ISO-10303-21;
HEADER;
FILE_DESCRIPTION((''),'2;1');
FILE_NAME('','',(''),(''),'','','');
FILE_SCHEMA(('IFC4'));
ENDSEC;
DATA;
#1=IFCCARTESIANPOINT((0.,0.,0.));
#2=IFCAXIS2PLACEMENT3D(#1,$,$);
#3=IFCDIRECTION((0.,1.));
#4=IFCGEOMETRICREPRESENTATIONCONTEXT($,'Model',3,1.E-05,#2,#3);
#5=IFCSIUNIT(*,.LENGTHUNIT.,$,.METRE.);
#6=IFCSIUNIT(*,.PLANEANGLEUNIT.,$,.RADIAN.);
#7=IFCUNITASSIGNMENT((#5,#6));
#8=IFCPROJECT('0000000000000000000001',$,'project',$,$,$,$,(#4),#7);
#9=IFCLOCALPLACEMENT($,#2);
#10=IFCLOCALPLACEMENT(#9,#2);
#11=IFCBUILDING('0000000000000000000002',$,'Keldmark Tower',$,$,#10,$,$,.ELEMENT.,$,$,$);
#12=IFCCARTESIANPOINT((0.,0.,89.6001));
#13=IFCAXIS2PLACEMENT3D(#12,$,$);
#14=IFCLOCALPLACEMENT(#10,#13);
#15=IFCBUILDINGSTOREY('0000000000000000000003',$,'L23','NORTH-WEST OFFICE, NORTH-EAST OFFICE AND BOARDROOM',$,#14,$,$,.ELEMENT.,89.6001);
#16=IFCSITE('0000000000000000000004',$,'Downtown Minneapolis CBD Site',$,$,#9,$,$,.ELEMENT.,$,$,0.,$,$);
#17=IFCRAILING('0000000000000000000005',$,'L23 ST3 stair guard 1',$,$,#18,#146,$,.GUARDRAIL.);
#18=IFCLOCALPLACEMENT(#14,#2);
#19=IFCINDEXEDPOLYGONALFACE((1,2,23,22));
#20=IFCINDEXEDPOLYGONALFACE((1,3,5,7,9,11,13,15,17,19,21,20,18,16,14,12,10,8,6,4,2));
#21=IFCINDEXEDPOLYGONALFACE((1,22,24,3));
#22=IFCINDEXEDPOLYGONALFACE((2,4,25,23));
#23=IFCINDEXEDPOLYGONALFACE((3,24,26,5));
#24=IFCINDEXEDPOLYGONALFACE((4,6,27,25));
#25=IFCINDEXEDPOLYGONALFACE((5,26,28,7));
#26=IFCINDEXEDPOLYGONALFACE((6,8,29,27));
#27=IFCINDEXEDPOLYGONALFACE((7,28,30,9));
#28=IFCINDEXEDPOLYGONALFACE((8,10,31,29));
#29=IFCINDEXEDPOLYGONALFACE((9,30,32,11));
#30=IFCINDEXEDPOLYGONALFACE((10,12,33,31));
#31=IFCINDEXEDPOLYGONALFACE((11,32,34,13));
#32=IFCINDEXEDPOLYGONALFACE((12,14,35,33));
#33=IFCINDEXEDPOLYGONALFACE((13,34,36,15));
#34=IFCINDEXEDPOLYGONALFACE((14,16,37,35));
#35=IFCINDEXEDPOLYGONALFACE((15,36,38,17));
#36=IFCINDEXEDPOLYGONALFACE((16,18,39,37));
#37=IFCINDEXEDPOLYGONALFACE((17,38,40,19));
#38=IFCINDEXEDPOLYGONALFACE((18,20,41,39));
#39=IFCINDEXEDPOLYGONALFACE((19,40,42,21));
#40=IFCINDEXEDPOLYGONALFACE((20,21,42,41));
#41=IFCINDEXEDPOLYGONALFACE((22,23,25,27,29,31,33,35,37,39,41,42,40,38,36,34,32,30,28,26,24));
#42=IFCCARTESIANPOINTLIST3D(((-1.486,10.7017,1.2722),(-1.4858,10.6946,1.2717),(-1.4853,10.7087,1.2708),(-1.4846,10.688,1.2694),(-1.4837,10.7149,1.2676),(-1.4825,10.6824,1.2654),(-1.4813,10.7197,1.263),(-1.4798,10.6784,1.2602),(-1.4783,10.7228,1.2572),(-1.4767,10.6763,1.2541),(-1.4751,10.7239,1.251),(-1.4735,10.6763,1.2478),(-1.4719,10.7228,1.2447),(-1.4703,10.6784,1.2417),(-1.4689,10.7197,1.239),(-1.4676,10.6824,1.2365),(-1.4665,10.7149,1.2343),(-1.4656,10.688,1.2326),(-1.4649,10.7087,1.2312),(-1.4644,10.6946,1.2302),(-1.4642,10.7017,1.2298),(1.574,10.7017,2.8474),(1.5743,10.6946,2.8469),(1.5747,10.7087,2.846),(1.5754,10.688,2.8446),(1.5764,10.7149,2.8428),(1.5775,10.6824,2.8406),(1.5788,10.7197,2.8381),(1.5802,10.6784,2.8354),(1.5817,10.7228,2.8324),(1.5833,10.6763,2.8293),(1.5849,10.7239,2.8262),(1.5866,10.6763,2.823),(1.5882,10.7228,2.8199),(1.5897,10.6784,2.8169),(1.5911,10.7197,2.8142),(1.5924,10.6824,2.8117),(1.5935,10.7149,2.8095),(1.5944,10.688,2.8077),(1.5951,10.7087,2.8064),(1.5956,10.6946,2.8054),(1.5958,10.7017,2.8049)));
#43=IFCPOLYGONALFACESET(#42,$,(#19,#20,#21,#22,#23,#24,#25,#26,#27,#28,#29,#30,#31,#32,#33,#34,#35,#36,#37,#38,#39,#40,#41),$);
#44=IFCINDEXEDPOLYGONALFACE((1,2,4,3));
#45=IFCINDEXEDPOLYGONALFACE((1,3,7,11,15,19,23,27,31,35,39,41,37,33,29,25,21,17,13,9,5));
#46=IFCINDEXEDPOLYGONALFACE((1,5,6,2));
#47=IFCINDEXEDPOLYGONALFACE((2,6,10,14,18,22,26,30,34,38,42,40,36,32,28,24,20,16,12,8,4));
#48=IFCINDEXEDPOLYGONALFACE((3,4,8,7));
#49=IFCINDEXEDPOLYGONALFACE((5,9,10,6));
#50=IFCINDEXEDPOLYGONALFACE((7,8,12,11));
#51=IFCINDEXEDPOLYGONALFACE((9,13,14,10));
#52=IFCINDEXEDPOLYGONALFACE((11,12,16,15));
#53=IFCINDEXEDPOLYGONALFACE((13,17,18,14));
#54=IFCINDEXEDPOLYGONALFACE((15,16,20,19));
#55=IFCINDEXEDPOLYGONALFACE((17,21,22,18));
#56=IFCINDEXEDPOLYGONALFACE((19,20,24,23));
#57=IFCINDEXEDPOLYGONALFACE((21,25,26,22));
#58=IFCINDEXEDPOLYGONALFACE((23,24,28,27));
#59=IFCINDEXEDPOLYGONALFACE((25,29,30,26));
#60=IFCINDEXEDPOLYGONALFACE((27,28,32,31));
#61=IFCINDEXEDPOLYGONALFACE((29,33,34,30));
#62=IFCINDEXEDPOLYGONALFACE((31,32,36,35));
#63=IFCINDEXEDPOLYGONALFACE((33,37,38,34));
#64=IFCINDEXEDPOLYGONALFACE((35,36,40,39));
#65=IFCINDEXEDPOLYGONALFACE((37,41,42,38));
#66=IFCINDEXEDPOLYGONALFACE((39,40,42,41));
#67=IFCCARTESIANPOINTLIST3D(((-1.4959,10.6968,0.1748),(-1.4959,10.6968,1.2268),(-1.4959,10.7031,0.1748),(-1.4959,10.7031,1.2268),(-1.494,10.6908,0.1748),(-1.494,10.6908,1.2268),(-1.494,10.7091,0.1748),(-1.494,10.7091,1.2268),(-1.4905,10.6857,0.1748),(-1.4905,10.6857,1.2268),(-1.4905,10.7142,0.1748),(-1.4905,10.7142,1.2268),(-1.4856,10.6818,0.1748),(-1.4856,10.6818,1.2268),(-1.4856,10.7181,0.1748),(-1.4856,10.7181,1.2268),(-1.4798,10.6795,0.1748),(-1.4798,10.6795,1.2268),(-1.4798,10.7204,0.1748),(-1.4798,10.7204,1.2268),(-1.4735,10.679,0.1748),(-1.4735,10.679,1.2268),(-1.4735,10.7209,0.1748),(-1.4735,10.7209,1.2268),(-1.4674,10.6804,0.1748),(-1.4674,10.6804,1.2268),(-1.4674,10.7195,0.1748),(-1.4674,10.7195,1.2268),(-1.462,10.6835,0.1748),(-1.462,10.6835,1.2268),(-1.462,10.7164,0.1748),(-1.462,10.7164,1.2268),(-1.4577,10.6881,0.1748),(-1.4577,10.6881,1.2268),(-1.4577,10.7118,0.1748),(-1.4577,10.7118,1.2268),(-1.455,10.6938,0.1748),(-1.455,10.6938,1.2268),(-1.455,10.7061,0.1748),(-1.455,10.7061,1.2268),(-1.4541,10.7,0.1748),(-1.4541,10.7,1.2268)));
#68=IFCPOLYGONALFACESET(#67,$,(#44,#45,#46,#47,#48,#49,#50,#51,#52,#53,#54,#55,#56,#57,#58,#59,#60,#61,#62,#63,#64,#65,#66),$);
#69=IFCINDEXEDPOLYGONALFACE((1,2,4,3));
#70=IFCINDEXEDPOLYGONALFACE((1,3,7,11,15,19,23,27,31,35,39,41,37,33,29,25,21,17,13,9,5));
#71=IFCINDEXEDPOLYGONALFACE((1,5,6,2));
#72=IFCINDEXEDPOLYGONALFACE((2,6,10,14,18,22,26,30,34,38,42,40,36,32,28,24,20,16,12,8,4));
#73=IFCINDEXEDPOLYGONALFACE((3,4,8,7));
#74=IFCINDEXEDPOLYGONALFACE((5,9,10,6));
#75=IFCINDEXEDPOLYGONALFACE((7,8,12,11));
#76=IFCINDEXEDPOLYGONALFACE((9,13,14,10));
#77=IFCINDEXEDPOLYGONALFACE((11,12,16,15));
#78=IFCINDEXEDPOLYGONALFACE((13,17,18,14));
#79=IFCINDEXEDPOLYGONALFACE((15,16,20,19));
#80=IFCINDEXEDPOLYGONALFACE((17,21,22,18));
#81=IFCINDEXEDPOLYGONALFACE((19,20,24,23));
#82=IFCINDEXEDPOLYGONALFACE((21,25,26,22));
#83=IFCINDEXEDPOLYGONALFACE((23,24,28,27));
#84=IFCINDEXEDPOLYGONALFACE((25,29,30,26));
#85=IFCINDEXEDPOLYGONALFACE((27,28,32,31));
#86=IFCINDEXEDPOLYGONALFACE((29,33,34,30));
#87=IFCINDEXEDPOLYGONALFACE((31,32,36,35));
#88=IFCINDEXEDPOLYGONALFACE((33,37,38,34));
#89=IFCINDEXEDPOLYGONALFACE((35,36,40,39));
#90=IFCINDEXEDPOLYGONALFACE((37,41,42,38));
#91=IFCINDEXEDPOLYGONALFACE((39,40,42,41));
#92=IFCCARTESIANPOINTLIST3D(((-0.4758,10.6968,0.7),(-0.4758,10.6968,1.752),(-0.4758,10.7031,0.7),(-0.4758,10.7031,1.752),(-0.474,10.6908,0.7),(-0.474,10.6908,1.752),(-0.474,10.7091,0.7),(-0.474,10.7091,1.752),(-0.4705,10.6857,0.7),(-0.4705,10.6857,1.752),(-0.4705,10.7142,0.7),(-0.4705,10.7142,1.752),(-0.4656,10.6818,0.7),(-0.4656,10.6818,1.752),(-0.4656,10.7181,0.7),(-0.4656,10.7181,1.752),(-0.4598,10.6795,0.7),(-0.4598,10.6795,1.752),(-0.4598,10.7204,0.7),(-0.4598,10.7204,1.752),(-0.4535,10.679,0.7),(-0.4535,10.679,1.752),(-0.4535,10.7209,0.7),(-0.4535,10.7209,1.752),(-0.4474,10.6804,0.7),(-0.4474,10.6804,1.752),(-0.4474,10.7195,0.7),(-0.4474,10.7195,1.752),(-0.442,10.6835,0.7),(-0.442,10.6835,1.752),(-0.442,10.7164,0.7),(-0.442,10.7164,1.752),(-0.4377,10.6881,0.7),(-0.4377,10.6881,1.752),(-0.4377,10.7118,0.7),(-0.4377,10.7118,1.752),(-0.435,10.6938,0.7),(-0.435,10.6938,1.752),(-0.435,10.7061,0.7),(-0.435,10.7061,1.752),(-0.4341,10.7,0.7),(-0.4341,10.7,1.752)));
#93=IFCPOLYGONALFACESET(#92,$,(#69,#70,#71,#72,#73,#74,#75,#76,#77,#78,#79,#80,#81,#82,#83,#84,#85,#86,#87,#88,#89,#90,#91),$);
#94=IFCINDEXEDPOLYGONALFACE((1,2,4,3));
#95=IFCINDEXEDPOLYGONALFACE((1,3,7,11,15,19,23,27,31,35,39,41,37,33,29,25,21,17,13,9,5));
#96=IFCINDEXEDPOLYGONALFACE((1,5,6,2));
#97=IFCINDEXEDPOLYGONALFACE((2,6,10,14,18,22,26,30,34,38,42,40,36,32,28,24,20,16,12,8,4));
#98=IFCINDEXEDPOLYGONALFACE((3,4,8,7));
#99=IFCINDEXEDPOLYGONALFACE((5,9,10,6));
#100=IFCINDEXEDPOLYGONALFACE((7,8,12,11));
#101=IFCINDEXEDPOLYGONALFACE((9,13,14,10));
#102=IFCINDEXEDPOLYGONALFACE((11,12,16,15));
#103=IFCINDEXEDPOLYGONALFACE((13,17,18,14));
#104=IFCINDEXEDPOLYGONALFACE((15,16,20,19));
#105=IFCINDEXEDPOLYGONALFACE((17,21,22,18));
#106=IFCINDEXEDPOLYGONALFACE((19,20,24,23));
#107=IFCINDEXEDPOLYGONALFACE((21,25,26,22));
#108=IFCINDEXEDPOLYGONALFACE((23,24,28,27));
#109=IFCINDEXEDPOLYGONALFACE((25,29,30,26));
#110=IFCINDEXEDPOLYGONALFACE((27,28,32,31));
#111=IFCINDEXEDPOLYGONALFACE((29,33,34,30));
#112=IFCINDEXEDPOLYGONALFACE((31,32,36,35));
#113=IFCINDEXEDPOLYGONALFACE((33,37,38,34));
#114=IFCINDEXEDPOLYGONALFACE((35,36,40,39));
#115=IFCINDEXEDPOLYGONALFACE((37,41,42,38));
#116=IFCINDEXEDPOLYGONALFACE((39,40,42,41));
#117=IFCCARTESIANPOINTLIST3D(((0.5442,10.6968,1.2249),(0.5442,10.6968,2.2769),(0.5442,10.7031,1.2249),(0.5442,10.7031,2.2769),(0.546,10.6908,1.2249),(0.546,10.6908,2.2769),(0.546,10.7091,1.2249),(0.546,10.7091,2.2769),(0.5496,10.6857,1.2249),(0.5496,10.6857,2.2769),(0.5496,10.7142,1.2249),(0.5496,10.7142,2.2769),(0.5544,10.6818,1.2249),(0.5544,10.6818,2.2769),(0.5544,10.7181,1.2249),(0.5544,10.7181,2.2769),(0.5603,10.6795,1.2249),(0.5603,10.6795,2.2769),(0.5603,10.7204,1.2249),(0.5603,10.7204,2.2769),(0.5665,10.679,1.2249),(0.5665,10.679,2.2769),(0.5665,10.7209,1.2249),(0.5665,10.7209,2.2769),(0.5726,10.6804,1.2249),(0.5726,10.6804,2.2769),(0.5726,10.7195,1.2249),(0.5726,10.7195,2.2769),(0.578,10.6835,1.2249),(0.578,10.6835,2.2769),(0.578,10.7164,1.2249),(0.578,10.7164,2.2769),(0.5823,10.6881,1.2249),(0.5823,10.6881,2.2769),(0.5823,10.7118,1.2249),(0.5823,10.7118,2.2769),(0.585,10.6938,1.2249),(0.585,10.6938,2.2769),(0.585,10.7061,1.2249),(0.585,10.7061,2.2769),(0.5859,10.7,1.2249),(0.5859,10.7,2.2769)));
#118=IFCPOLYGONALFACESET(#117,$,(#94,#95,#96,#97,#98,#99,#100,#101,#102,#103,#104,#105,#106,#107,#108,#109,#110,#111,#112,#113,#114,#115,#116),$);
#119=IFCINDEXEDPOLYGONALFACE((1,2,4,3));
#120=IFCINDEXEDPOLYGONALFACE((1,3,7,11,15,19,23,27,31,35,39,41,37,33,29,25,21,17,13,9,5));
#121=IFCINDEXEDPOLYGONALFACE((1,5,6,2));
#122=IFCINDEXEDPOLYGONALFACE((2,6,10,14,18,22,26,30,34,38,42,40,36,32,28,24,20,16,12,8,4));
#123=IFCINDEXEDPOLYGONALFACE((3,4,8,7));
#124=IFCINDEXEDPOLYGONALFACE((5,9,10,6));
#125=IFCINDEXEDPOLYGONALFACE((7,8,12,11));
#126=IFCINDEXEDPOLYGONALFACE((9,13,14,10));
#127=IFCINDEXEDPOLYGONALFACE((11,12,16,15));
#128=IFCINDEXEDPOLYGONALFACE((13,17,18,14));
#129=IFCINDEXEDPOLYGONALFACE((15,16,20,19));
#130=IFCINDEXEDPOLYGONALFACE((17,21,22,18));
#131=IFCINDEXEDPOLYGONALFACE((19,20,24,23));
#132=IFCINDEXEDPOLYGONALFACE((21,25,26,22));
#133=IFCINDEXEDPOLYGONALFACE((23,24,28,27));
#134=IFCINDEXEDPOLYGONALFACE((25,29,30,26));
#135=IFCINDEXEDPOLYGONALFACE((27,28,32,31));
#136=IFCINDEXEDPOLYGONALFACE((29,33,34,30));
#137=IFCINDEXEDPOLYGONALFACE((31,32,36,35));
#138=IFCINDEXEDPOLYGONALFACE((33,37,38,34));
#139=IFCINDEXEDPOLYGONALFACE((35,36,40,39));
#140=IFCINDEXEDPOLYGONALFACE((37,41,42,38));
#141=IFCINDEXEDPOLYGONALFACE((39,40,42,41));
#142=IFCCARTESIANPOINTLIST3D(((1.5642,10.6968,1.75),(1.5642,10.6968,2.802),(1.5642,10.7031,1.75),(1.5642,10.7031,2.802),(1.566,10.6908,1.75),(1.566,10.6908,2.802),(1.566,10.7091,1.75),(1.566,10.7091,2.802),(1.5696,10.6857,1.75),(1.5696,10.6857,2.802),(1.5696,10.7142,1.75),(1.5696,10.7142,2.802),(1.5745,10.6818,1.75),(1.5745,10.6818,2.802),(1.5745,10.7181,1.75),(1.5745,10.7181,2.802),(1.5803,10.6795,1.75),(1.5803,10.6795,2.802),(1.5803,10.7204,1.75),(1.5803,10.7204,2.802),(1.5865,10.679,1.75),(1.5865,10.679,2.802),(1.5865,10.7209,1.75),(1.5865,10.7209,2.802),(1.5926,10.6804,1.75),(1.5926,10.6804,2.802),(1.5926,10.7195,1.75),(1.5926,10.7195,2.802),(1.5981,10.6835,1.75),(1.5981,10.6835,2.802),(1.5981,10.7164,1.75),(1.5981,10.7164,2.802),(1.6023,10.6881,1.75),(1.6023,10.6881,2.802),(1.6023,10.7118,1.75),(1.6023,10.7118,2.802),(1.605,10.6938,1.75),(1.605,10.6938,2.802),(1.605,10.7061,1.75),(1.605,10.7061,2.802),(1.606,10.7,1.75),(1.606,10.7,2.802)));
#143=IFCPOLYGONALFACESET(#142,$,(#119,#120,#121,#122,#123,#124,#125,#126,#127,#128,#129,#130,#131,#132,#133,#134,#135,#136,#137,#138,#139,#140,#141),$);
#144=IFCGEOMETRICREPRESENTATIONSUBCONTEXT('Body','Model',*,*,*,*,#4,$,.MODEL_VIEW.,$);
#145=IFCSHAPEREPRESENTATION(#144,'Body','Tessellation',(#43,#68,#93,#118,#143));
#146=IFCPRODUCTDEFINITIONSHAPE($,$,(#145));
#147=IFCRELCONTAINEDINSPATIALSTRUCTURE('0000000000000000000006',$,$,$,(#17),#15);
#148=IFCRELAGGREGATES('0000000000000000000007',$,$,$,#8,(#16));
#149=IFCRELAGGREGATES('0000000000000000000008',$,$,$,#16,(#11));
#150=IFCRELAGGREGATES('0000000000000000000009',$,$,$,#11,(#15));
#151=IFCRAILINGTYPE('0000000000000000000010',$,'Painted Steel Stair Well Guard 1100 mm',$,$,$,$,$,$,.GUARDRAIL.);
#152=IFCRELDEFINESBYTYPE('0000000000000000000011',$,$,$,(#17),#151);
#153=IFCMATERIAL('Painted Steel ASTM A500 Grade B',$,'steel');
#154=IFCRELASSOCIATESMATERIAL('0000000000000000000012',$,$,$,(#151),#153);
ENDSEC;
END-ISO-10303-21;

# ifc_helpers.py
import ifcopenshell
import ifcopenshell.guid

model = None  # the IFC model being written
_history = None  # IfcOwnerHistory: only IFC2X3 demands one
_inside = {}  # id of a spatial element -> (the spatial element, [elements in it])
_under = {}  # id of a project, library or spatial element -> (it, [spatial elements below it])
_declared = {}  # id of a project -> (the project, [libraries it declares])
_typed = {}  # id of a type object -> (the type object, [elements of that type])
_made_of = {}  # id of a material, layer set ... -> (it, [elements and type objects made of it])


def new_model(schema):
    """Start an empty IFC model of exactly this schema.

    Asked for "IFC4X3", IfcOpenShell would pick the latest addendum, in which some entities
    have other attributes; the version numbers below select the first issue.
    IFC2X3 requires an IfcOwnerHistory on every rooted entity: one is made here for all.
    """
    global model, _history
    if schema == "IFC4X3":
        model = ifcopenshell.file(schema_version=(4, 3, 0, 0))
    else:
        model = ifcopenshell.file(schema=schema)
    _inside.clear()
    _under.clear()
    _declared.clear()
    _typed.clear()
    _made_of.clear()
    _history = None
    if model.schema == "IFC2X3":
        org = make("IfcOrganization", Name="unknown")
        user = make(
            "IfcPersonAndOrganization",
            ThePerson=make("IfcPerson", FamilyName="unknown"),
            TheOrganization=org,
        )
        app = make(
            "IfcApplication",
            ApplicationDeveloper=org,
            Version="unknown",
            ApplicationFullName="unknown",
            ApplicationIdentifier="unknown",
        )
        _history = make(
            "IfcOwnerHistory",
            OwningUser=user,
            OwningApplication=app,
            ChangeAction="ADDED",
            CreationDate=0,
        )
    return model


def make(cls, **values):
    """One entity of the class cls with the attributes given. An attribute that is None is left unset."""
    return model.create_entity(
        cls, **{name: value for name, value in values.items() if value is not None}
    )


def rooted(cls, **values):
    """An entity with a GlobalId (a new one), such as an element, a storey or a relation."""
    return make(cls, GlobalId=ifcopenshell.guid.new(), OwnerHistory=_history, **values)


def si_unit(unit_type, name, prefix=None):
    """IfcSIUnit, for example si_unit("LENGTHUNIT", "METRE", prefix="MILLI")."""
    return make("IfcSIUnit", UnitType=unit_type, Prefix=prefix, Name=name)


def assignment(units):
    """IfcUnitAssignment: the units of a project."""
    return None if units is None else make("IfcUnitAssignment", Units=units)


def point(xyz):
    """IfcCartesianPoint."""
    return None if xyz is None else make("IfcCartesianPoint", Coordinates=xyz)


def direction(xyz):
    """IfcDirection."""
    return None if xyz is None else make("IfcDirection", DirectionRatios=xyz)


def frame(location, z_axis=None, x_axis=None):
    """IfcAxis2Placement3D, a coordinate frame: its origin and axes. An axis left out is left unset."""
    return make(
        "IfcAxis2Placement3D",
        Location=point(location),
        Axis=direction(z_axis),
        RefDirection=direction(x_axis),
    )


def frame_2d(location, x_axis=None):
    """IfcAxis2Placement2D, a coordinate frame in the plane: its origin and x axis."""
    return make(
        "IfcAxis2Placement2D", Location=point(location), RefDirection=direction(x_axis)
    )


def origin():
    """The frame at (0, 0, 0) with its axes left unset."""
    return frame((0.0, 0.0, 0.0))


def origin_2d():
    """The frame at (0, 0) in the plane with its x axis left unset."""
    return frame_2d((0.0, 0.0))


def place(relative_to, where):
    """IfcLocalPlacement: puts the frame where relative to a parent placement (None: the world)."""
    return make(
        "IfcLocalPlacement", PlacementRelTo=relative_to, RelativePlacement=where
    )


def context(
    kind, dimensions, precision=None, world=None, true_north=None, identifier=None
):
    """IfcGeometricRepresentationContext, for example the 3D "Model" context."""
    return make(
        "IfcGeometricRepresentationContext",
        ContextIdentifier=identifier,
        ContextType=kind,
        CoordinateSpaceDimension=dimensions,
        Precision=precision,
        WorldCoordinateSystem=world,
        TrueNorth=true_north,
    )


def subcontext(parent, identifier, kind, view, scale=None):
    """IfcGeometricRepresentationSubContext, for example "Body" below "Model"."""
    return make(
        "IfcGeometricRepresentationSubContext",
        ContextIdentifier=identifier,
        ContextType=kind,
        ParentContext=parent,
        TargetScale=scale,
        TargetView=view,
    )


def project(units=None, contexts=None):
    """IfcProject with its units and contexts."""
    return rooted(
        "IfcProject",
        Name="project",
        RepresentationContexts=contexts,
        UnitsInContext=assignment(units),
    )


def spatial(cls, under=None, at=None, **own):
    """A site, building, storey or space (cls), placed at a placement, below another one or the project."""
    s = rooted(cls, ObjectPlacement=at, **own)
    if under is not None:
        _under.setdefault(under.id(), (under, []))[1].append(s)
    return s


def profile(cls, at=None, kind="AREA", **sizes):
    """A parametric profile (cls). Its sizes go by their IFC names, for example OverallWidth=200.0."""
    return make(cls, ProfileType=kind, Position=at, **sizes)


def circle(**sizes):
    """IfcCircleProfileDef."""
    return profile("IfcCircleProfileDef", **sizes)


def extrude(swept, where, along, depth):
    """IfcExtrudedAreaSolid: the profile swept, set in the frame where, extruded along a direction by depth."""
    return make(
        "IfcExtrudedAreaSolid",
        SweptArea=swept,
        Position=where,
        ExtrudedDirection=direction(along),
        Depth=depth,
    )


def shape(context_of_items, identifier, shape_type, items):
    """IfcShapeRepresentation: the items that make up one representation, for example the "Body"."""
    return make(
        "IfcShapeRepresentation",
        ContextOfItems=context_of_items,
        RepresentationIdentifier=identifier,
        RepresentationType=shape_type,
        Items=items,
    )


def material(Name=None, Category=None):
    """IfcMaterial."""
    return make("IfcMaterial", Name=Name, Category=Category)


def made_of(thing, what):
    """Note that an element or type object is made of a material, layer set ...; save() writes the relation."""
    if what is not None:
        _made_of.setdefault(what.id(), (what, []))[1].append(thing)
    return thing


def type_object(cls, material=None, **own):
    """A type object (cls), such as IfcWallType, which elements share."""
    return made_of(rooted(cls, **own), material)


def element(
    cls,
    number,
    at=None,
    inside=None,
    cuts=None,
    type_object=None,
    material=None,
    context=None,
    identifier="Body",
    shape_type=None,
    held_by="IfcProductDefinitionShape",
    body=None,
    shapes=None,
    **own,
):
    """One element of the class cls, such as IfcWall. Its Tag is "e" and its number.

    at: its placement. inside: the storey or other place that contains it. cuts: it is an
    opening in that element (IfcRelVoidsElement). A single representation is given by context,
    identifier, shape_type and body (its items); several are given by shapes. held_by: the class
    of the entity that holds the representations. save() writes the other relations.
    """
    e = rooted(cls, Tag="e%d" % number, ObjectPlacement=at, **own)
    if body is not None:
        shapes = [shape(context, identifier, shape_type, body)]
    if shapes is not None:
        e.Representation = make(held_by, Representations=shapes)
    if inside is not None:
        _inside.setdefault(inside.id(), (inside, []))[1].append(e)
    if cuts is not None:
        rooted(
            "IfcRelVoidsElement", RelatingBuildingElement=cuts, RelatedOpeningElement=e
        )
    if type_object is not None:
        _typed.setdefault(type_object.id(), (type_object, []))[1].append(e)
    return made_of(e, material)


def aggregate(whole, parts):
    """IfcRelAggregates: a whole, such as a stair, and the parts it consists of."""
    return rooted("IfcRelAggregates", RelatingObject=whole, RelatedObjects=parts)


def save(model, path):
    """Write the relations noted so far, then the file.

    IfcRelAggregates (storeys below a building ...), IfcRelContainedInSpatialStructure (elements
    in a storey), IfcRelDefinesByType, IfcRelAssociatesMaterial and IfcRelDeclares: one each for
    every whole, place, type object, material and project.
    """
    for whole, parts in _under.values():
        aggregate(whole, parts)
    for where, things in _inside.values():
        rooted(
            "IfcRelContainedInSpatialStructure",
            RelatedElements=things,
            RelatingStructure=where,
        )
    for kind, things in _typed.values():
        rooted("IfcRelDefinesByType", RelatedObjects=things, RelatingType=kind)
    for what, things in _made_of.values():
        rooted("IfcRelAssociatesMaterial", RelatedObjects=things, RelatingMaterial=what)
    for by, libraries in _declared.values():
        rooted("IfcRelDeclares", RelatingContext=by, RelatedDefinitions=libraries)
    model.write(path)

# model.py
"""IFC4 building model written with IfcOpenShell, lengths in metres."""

from ifc_helpers import new_model, si_unit, direction, frame, origin, origin_2d, place, context, subcontext, project, spatial, circle, extrude, material, type_object, element, save


model = new_model("IFC4")

# Units and contexts
model_context = context("Model", 3, precision=1e-05, world=origin(), true_north=direction((0.0, 1.0)))
body_context = subcontext(model_context, "Body", "Model", "MODEL_VIEW")
ifc_project = project(units=[si_unit("LENGTHUNIT", "METRE"), si_unit("PLANEANGLEUNIT", "RADIAN")], contexts=[model_context])

# Site, building, storey
site_placement = place(None, origin())
site = spatial("IfcSite", under=ifc_project, at=site_placement, Name="Downtown Minneapolis CBD Site", CompositionType="ELEMENT", RefElevation=0.0)
building_placement = place(site_placement, origin())
building = spatial("IfcBuilding", under=site, at=building_placement, Name="Keldmark Tower", CompositionType="ELEMENT")
storey_placement = place(building_placement, frame((0.0, 0.0, 89.6001)))
storey = spatial("IfcBuildingStorey", under=building, at=storey_placement, Name="L23", Description="NORTH-WEST OFFICE, NORTH-EAST OFFICE AND BOARDROOM", CompositionType="ELEMENT", Elevation=89.6001)

# Railing
ifc_material_1 = material(Name="Painted Steel ASTM A500 Grade B", Category="steel")
railing_type_1 = type_object("IfcRailingType", Name="Painted Steel Stair Well Guard 1100 mm", PredefinedType="GUARDRAIL", material=ifc_material_1)
railing_1_placement = place(storey_placement, frame((-1.4751, 10.7, 0.1748)))
element("IfcRailing", 1, at=railing_1_placement, inside=storey, type_object=railing_type_1, Name="L23 ST3 stair guard 1", PredefinedType="GUARDRAIL", context=body_context, shape_type="SweptSolid", body=[
    extrude(circle(Radius=0.0239, at=origin_2d()), frame((0.0, 0.0, 1.0762), z_axis=(0.889116, 0.0, 0.457681), x_axis=(0.0, 1.0, 0.0)), (0.0, 0.0, 1.0), 3.4417),
    extrude(circle(Radius=0.021, at=origin_2d()), origin(), (0.0, 0.0, 1.0), 1.052),
    extrude(circle(Radius=0.021, at=origin_2d()), frame((1.02, 0.0, 0.5251)), (0.0, 0.0, 1.0), 1.052),
    extrude(circle(Radius=0.021, at=origin_2d()), frame((2.04, 0.0, 1.05)), (0.0, 0.0, 1.0), 1.052),
    extrude(circle(Radius=0.021, at=origin_2d()), frame((3.0601, 0.0, 1.5752)), (0.0, 0.0, 1.0), 1.052),
])

save(model, "model.ifc")
